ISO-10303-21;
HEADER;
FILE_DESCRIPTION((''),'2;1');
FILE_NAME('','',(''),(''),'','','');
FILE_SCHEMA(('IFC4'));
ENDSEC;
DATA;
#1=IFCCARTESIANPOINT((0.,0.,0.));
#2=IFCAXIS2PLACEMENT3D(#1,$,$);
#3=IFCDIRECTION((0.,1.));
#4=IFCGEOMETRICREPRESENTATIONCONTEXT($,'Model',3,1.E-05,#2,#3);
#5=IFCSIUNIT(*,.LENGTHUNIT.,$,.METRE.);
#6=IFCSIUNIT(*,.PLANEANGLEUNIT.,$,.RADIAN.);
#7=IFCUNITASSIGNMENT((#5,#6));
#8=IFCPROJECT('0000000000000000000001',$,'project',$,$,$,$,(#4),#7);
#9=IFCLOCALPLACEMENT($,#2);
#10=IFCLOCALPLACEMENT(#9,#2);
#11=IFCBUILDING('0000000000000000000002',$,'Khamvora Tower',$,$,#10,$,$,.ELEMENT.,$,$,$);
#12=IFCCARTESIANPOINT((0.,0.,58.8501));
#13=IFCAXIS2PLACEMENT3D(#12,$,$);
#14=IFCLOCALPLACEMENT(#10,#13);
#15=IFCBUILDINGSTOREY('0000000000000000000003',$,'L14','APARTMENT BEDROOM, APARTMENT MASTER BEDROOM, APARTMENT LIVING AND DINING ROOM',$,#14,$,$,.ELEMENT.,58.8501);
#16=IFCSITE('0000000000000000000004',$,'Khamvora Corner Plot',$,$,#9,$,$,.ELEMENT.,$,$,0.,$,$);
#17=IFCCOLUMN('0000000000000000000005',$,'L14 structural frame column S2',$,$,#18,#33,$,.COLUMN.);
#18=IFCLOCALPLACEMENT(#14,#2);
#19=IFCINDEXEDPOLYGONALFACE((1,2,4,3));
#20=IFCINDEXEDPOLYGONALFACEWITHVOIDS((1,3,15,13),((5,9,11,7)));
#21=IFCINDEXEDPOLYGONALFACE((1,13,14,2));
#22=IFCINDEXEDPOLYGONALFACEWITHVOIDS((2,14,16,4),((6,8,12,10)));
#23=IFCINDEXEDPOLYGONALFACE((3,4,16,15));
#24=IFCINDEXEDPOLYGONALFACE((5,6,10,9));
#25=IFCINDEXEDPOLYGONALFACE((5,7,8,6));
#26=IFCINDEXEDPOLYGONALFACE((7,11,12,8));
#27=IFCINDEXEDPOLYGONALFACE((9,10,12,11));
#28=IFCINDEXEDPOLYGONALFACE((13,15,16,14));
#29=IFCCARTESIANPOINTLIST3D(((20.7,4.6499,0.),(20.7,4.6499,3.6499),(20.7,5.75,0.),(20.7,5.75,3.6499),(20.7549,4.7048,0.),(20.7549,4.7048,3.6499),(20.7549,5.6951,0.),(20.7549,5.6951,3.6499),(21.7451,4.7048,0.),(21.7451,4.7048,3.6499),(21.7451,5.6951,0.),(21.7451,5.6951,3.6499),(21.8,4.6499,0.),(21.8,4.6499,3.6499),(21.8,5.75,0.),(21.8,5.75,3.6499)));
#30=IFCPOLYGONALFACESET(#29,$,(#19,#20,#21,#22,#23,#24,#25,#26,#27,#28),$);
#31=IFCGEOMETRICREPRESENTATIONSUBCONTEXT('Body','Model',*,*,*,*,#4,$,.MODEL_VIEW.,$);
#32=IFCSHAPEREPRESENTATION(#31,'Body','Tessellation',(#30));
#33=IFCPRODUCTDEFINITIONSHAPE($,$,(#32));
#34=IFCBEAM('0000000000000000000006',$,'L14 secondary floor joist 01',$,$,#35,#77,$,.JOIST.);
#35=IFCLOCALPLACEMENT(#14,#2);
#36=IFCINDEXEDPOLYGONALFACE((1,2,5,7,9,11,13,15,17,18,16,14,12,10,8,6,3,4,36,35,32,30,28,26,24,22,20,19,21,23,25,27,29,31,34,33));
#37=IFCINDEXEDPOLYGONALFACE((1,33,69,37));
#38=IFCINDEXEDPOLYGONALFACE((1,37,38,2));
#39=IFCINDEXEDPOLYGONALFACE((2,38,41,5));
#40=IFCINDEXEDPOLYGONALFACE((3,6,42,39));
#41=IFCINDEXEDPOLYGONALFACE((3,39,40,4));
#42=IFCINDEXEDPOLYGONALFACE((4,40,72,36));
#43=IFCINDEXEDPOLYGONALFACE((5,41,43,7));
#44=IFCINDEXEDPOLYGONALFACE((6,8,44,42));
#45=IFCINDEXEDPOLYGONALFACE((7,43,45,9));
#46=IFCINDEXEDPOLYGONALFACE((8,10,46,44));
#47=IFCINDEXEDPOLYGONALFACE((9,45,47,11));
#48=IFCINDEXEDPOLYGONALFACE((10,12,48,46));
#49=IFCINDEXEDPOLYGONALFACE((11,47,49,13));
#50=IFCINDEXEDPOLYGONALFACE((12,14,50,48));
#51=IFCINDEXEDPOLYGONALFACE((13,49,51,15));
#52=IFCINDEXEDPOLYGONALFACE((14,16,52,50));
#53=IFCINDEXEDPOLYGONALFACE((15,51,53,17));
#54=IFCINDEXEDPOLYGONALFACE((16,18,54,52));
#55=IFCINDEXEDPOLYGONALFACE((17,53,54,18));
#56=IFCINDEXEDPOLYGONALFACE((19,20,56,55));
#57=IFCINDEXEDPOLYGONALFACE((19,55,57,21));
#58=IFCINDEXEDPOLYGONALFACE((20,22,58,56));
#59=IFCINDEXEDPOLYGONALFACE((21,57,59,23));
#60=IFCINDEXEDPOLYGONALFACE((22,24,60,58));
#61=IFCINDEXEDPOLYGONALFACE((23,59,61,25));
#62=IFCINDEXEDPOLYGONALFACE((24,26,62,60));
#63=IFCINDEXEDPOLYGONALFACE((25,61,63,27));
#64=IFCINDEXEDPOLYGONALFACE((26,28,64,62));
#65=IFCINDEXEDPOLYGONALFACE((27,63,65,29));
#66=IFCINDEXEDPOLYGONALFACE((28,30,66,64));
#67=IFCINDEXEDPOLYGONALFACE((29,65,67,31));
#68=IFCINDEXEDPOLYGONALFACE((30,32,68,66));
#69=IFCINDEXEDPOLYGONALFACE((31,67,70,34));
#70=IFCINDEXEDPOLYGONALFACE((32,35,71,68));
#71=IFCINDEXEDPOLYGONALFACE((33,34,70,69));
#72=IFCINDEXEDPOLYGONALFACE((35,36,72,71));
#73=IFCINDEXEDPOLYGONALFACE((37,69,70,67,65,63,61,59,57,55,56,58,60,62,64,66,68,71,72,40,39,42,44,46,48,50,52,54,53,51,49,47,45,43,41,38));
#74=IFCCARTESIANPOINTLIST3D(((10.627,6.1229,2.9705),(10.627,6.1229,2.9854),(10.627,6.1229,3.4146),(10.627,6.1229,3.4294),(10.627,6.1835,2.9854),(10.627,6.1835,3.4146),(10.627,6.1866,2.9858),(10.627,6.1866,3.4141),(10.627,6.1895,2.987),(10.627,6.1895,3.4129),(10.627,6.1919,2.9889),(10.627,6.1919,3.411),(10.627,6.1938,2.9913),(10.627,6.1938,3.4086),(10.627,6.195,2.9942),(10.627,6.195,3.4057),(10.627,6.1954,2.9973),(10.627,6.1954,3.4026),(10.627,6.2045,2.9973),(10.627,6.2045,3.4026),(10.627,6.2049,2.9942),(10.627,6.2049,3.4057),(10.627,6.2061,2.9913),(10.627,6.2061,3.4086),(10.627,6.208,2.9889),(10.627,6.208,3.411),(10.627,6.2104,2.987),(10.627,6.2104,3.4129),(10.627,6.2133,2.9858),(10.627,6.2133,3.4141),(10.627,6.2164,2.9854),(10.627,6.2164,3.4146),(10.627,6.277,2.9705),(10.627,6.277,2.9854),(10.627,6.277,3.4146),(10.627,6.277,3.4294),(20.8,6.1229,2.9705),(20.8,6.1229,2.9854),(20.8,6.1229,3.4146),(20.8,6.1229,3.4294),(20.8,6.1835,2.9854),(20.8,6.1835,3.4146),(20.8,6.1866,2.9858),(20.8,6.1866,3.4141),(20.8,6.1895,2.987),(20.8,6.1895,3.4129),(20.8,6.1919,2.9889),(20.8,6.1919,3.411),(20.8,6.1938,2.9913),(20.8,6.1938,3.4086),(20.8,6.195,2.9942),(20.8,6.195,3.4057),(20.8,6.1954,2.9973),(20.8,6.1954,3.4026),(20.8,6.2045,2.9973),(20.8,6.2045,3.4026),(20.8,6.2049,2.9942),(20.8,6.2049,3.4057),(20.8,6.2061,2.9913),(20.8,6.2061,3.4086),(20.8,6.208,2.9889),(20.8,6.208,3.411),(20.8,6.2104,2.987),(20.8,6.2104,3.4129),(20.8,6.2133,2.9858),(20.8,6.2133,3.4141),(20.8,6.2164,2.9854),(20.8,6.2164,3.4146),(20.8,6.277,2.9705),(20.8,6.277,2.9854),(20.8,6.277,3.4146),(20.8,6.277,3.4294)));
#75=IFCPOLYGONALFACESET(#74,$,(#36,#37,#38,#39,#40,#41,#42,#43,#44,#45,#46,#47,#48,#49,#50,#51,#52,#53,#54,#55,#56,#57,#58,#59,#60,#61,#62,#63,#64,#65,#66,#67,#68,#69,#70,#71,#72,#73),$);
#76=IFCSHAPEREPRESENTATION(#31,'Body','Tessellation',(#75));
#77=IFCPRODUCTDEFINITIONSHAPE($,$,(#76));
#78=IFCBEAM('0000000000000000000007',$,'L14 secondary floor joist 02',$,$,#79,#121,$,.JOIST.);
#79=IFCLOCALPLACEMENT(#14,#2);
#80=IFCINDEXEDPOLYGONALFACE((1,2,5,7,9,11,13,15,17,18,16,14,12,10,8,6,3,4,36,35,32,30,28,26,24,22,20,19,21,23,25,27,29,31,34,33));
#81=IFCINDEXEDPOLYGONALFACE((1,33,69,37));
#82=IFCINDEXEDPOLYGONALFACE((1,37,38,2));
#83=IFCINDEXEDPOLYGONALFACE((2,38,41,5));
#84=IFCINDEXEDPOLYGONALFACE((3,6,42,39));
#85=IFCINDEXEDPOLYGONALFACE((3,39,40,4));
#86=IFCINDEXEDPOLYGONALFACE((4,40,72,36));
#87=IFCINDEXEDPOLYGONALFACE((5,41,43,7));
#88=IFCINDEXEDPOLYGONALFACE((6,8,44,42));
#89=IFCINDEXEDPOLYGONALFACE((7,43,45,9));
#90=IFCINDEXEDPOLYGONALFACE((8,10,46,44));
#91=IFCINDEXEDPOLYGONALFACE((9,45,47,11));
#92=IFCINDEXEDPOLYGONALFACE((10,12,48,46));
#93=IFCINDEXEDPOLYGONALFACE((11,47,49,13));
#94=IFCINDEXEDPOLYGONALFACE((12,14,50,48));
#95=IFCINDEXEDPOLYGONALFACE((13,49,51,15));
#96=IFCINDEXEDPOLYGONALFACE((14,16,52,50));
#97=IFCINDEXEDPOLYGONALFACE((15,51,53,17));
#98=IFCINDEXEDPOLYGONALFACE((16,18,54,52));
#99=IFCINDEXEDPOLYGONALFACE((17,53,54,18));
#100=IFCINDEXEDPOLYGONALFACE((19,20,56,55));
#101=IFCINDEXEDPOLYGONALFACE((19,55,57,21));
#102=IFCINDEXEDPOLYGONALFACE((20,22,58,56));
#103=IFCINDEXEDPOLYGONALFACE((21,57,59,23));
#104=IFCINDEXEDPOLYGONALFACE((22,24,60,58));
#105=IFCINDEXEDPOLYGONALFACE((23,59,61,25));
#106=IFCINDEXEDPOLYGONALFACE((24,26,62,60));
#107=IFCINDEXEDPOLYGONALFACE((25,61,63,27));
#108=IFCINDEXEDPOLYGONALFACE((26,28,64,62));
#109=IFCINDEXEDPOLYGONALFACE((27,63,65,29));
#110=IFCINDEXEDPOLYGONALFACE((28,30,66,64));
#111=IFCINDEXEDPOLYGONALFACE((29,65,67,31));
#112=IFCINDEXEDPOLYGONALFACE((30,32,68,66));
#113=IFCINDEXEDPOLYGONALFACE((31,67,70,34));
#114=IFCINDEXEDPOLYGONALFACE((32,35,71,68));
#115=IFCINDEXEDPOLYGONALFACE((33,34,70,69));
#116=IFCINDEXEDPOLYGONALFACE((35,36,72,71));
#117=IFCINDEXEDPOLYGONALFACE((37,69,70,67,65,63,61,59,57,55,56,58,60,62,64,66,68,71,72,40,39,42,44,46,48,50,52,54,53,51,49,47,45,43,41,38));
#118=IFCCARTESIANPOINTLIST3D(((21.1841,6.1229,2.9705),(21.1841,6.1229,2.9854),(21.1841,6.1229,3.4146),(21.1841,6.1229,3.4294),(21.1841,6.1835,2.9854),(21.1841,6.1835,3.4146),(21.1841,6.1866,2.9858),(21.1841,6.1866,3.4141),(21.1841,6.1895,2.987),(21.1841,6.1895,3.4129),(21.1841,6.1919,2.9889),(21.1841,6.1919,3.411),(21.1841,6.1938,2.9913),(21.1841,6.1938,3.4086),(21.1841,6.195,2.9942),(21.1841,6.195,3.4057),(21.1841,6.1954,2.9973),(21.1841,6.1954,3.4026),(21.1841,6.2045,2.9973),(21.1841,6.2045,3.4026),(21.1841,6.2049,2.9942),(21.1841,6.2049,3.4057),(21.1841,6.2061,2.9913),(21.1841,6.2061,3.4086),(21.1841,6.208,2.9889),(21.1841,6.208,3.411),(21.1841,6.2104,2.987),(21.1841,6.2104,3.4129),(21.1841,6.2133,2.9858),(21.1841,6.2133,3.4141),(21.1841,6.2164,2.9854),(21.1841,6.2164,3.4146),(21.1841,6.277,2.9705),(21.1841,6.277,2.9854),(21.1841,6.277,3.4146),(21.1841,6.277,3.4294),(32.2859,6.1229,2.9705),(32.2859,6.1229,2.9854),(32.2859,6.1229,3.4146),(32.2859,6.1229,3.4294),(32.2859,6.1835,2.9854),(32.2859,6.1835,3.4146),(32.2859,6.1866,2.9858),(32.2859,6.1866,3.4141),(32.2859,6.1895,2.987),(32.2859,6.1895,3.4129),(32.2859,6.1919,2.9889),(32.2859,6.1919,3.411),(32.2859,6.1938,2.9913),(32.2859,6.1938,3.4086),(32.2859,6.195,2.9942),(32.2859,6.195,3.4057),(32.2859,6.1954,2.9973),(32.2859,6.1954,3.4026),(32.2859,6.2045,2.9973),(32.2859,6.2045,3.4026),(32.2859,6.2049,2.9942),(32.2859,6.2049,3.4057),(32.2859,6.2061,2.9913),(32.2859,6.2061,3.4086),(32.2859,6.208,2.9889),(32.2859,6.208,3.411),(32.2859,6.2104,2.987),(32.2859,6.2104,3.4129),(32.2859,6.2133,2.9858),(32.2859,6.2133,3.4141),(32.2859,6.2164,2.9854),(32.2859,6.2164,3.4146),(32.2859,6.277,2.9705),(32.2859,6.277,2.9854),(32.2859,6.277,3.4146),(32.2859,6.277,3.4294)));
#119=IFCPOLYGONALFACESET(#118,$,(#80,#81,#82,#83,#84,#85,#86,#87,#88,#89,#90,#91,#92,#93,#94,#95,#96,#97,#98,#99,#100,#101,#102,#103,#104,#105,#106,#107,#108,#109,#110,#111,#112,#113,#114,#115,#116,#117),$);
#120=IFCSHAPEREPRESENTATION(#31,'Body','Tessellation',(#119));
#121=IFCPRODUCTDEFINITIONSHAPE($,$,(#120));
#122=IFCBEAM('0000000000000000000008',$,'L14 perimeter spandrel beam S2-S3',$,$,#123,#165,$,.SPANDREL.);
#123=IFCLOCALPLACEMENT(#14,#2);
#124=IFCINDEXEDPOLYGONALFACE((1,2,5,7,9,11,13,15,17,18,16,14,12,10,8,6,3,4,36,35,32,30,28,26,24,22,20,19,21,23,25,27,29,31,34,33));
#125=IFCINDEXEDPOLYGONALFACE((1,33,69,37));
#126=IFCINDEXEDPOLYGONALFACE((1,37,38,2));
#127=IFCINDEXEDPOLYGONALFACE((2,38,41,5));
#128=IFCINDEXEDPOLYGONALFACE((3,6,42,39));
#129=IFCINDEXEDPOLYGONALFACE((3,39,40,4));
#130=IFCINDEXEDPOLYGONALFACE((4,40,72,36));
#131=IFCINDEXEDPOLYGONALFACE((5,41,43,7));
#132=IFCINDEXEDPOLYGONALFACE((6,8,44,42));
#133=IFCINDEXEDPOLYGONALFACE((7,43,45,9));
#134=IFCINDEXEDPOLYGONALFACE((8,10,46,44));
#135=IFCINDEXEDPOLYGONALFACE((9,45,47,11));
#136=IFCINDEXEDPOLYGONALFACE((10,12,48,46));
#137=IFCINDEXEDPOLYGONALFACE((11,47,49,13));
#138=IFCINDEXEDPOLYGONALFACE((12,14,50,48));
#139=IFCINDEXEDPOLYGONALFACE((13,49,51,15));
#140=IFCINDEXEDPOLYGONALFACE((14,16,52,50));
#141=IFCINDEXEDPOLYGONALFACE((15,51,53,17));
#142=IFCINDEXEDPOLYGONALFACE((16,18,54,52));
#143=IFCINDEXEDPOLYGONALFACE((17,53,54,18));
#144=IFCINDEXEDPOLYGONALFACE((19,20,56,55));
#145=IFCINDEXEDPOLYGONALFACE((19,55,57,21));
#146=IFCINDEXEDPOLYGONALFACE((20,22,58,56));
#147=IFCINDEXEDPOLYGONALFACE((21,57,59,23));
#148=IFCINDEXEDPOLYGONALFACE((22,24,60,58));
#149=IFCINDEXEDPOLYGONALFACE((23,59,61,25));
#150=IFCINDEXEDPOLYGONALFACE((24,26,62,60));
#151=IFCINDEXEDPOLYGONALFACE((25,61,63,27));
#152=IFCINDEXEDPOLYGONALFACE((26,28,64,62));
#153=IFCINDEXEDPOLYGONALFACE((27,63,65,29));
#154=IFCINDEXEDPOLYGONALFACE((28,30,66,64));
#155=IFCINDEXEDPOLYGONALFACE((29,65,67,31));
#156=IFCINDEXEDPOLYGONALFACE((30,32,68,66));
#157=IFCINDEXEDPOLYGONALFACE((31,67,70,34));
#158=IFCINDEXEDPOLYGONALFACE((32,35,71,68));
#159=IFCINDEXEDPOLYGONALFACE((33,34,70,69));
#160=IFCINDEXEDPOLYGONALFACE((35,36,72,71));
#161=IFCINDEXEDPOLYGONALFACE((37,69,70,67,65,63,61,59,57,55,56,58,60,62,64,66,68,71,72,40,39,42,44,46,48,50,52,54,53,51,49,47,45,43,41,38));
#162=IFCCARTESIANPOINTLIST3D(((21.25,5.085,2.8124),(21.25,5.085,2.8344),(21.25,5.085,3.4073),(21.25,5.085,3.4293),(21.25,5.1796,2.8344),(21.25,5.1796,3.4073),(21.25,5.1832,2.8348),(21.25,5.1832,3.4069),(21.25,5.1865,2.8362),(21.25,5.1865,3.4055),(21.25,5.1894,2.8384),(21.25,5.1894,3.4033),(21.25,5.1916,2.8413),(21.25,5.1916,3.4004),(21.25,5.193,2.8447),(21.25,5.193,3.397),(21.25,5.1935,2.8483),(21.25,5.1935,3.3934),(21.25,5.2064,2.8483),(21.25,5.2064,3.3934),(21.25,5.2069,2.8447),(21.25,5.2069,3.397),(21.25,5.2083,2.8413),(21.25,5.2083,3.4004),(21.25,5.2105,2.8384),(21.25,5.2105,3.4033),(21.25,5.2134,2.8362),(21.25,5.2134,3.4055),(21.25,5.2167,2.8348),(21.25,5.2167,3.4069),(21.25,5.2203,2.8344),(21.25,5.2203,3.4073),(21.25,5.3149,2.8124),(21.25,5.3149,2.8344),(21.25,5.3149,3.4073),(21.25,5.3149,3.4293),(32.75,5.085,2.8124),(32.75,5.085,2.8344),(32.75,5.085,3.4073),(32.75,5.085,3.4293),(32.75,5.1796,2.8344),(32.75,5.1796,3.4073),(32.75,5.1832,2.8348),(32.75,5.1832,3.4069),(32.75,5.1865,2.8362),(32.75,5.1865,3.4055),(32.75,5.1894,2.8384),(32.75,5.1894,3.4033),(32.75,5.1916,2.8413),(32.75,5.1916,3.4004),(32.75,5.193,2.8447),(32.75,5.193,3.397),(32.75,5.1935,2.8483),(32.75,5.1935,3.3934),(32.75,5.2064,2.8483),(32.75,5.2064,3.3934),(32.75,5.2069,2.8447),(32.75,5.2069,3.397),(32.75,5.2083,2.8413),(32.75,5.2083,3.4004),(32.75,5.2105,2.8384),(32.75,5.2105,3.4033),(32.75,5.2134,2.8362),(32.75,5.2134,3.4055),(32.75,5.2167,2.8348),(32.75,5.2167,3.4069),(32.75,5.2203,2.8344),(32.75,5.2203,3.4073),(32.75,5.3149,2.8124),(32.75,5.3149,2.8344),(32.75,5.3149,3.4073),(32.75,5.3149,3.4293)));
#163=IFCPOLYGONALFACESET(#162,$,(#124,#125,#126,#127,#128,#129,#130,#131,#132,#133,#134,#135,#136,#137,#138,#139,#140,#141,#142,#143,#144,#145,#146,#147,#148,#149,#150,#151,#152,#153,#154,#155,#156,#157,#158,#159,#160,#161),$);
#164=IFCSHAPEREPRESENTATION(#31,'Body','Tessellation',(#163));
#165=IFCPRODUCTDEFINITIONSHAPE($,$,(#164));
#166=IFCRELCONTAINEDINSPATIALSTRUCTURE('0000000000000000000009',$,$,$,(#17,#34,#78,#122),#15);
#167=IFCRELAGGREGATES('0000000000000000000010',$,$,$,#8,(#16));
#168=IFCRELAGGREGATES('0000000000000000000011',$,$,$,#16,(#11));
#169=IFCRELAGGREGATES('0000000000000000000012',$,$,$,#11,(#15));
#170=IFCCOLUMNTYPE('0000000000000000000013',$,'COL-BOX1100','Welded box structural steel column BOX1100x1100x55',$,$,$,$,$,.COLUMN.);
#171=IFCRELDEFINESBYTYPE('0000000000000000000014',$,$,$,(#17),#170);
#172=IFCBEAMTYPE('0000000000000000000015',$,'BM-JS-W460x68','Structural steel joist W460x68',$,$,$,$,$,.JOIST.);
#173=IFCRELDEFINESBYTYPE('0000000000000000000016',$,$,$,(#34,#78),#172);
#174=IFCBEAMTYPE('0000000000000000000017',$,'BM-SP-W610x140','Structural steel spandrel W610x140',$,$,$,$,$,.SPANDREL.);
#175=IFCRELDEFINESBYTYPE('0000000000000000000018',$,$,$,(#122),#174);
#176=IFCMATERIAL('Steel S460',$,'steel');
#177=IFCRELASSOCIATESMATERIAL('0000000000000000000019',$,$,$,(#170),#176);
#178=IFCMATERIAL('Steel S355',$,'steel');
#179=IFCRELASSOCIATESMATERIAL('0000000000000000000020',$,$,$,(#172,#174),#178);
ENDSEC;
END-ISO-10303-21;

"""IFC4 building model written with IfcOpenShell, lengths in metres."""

from ifc_helpers import new_model, si_unit, direction, frame, origin, origin_2d, place, context, subcontext, project, spatial, hollow_rectangle, i_section, extrude, material, material_profile, profile_set, type_object, element, save


model = new_model("IFC4")

# Units and contexts
model_context = context("Model", 3, precision=1e-05, world=origin(), true_north=direction((0.0, 1.0)))
body_context = subcontext(model_context, "Body", "Model", "MODEL_VIEW")
ifc_project = project(units=[si_unit("LENGTHUNIT", "METRE"), si_unit("PLANEANGLEUNIT", "RADIAN")], contexts=[model_context])

# Site, building, storey
site_placement = place(None, origin())
site = spatial("IfcSite", under=ifc_project, at=site_placement, Name="Khamvora Corner Plot", CompositionType="ELEMENT", RefElevation=0.0)
building_placement = place(site_placement, origin())
building = spatial("IfcBuilding", under=site, at=building_placement, Name="Khamvora Tower", CompositionType="ELEMENT")
storey_placement = place(building_placement, frame((0.0, 0.0, 58.8501)))
storey = spatial("IfcBuildingStorey", under=building, at=storey_placement, Name="L14", Description="APARTMENT BEDROOM, APARTMENT MASTER BEDROOM, APARTMENT LIVING AND DINING ROOM", CompositionType="ELEMENT", Elevation=58.8501)

# Column
ifc_material_1 = material(Name="Steel S460", Category="steel")
ifc_material_profile_1 = material_profile(ifc_material_1, hollow_rectangle(XDim=1.1001, YDim=1.1001, WallThickness=0.0549, at=origin_2d()), Name="BOX1100x1100x55")
ifc_profile_set_1 = profile_set([ifc_material_profile_1], Name="Steel S460")
column_type = type_object("IfcColumnType", Name="COL-BOX1100", Description="Welded box structural steel column BOX1100x1100x55", PredefinedType="COLUMN", material=ifc_profile_set_1)
column_placement = place(storey_placement, frame((21.25, 5.2, 0.0), z_axis=(0.0, 0.0, 1.0), x_axis=(1.0, 0.0, 0.0)))
element("IfcColumn", 1, at=column_placement, inside=storey, type_object=column_type, Name="L14 structural frame column S2", PredefinedType="COLUMN", context=body_context, shape_type="SweptSolid", body=[
    extrude(hollow_rectangle(XDim=1.1001, YDim=1.1001, WallThickness=0.0549, at=origin_2d()), origin(), (0.0, 0.0, 1.0), 3.6499),
])

# Beams
ifc_material_2 = material(Name="Steel S355", Category="steel")
ifc_material_profile_2 = material_profile(ifc_material_2, i_section(OverallWidth=0.1541, OverallDepth=0.459, WebThickness=0.009, FlangeThickness=0.0149, FilletRadius=0.012, at=origin_2d()), Name="W460x68")
ifc_profile_set_2 = profile_set([ifc_material_profile_2], Name="Steel S355")
beam_type_1 = type_object("IfcBeamType", Name="BM-JS-W460x68", Description="Structural steel joist W460x68", PredefinedType="JOIST", material=ifc_profile_set_2)
beam_1_placement = place(storey_placement, frame((10.627, 6.2, 3.2), z_axis=(1.0, 0.0, 0.0), x_axis=(0.0, 1.0, 0.0)))
element("IfcBeam", 2, at=beam_1_placement, inside=storey, type_object=beam_type_1, Name="L14 secondary floor joist 01", PredefinedType="JOIST", context=body_context, shape_type="SweptSolid", body=[
    extrude(i_section(OverallWidth=0.1541, OverallDepth=0.459, WebThickness=0.009, FlangeThickness=0.0149, FilletRadius=0.012, at=origin_2d()), origin(), (0.0, 0.0, 1.0), 10.1731),
])
beam_2_placement = place(storey_placement, frame((21.1841, 6.2, 3.2), z_axis=(1.0, 0.0, 0.0), x_axis=(0.0, 1.0, 0.0)))
element("IfcBeam", 3, at=beam_2_placement, inside=storey, type_object=beam_type_1, Name="L14 secondary floor joist 02", PredefinedType="JOIST", context=body_context, shape_type="SweptSolid", body=[
    extrude(i_section(OverallWidth=0.1541, OverallDepth=0.459, WebThickness=0.009, FlangeThickness=0.0149, FilletRadius=0.012, at=origin_2d()), origin(), (0.0, 0.0, 1.0), 11.1018),
])
ifc_material_profile_3 = material_profile(ifc_material_2, i_section(OverallWidth=0.23, OverallDepth=0.6169, WebThickness=0.0129, FlangeThickness=0.022, FilletRadius=0.0139, at=origin_2d()), Name="W610x140")
ifc_profile_set_3 = profile_set([ifc_material_profile_3], Name="Steel S355")
beam_type_2 = type_object("IfcBeamType", Name="BM-SP-W610x140", Description="Structural steel spandrel W610x140", PredefinedType="SPANDREL", material=ifc_profile_set_3)
beam_3_placement = place(storey_placement, frame((21.25, 5.2, 3.1208), z_axis=(1.0, 0.0, 0.0), x_axis=(0.0, 1.0, 0.0)))
element("IfcBeam", 4, at=beam_3_placement, inside=storey, type_object=beam_type_2, Name="L14 perimeter spandrel beam S2-S3", PredefinedType="SPANDREL", context=body_context, shape_type="SweptSolid", body=[
    extrude(i_section(OverallWidth=0.23, OverallDepth=0.6169, WebThickness=0.0129, FlangeThickness=0.022, FilletRadius=0.0139, at=origin_2d()), origin(), (0.0, 0.0, 1.0), 11.5),
])

save(model, "model.ifc")
